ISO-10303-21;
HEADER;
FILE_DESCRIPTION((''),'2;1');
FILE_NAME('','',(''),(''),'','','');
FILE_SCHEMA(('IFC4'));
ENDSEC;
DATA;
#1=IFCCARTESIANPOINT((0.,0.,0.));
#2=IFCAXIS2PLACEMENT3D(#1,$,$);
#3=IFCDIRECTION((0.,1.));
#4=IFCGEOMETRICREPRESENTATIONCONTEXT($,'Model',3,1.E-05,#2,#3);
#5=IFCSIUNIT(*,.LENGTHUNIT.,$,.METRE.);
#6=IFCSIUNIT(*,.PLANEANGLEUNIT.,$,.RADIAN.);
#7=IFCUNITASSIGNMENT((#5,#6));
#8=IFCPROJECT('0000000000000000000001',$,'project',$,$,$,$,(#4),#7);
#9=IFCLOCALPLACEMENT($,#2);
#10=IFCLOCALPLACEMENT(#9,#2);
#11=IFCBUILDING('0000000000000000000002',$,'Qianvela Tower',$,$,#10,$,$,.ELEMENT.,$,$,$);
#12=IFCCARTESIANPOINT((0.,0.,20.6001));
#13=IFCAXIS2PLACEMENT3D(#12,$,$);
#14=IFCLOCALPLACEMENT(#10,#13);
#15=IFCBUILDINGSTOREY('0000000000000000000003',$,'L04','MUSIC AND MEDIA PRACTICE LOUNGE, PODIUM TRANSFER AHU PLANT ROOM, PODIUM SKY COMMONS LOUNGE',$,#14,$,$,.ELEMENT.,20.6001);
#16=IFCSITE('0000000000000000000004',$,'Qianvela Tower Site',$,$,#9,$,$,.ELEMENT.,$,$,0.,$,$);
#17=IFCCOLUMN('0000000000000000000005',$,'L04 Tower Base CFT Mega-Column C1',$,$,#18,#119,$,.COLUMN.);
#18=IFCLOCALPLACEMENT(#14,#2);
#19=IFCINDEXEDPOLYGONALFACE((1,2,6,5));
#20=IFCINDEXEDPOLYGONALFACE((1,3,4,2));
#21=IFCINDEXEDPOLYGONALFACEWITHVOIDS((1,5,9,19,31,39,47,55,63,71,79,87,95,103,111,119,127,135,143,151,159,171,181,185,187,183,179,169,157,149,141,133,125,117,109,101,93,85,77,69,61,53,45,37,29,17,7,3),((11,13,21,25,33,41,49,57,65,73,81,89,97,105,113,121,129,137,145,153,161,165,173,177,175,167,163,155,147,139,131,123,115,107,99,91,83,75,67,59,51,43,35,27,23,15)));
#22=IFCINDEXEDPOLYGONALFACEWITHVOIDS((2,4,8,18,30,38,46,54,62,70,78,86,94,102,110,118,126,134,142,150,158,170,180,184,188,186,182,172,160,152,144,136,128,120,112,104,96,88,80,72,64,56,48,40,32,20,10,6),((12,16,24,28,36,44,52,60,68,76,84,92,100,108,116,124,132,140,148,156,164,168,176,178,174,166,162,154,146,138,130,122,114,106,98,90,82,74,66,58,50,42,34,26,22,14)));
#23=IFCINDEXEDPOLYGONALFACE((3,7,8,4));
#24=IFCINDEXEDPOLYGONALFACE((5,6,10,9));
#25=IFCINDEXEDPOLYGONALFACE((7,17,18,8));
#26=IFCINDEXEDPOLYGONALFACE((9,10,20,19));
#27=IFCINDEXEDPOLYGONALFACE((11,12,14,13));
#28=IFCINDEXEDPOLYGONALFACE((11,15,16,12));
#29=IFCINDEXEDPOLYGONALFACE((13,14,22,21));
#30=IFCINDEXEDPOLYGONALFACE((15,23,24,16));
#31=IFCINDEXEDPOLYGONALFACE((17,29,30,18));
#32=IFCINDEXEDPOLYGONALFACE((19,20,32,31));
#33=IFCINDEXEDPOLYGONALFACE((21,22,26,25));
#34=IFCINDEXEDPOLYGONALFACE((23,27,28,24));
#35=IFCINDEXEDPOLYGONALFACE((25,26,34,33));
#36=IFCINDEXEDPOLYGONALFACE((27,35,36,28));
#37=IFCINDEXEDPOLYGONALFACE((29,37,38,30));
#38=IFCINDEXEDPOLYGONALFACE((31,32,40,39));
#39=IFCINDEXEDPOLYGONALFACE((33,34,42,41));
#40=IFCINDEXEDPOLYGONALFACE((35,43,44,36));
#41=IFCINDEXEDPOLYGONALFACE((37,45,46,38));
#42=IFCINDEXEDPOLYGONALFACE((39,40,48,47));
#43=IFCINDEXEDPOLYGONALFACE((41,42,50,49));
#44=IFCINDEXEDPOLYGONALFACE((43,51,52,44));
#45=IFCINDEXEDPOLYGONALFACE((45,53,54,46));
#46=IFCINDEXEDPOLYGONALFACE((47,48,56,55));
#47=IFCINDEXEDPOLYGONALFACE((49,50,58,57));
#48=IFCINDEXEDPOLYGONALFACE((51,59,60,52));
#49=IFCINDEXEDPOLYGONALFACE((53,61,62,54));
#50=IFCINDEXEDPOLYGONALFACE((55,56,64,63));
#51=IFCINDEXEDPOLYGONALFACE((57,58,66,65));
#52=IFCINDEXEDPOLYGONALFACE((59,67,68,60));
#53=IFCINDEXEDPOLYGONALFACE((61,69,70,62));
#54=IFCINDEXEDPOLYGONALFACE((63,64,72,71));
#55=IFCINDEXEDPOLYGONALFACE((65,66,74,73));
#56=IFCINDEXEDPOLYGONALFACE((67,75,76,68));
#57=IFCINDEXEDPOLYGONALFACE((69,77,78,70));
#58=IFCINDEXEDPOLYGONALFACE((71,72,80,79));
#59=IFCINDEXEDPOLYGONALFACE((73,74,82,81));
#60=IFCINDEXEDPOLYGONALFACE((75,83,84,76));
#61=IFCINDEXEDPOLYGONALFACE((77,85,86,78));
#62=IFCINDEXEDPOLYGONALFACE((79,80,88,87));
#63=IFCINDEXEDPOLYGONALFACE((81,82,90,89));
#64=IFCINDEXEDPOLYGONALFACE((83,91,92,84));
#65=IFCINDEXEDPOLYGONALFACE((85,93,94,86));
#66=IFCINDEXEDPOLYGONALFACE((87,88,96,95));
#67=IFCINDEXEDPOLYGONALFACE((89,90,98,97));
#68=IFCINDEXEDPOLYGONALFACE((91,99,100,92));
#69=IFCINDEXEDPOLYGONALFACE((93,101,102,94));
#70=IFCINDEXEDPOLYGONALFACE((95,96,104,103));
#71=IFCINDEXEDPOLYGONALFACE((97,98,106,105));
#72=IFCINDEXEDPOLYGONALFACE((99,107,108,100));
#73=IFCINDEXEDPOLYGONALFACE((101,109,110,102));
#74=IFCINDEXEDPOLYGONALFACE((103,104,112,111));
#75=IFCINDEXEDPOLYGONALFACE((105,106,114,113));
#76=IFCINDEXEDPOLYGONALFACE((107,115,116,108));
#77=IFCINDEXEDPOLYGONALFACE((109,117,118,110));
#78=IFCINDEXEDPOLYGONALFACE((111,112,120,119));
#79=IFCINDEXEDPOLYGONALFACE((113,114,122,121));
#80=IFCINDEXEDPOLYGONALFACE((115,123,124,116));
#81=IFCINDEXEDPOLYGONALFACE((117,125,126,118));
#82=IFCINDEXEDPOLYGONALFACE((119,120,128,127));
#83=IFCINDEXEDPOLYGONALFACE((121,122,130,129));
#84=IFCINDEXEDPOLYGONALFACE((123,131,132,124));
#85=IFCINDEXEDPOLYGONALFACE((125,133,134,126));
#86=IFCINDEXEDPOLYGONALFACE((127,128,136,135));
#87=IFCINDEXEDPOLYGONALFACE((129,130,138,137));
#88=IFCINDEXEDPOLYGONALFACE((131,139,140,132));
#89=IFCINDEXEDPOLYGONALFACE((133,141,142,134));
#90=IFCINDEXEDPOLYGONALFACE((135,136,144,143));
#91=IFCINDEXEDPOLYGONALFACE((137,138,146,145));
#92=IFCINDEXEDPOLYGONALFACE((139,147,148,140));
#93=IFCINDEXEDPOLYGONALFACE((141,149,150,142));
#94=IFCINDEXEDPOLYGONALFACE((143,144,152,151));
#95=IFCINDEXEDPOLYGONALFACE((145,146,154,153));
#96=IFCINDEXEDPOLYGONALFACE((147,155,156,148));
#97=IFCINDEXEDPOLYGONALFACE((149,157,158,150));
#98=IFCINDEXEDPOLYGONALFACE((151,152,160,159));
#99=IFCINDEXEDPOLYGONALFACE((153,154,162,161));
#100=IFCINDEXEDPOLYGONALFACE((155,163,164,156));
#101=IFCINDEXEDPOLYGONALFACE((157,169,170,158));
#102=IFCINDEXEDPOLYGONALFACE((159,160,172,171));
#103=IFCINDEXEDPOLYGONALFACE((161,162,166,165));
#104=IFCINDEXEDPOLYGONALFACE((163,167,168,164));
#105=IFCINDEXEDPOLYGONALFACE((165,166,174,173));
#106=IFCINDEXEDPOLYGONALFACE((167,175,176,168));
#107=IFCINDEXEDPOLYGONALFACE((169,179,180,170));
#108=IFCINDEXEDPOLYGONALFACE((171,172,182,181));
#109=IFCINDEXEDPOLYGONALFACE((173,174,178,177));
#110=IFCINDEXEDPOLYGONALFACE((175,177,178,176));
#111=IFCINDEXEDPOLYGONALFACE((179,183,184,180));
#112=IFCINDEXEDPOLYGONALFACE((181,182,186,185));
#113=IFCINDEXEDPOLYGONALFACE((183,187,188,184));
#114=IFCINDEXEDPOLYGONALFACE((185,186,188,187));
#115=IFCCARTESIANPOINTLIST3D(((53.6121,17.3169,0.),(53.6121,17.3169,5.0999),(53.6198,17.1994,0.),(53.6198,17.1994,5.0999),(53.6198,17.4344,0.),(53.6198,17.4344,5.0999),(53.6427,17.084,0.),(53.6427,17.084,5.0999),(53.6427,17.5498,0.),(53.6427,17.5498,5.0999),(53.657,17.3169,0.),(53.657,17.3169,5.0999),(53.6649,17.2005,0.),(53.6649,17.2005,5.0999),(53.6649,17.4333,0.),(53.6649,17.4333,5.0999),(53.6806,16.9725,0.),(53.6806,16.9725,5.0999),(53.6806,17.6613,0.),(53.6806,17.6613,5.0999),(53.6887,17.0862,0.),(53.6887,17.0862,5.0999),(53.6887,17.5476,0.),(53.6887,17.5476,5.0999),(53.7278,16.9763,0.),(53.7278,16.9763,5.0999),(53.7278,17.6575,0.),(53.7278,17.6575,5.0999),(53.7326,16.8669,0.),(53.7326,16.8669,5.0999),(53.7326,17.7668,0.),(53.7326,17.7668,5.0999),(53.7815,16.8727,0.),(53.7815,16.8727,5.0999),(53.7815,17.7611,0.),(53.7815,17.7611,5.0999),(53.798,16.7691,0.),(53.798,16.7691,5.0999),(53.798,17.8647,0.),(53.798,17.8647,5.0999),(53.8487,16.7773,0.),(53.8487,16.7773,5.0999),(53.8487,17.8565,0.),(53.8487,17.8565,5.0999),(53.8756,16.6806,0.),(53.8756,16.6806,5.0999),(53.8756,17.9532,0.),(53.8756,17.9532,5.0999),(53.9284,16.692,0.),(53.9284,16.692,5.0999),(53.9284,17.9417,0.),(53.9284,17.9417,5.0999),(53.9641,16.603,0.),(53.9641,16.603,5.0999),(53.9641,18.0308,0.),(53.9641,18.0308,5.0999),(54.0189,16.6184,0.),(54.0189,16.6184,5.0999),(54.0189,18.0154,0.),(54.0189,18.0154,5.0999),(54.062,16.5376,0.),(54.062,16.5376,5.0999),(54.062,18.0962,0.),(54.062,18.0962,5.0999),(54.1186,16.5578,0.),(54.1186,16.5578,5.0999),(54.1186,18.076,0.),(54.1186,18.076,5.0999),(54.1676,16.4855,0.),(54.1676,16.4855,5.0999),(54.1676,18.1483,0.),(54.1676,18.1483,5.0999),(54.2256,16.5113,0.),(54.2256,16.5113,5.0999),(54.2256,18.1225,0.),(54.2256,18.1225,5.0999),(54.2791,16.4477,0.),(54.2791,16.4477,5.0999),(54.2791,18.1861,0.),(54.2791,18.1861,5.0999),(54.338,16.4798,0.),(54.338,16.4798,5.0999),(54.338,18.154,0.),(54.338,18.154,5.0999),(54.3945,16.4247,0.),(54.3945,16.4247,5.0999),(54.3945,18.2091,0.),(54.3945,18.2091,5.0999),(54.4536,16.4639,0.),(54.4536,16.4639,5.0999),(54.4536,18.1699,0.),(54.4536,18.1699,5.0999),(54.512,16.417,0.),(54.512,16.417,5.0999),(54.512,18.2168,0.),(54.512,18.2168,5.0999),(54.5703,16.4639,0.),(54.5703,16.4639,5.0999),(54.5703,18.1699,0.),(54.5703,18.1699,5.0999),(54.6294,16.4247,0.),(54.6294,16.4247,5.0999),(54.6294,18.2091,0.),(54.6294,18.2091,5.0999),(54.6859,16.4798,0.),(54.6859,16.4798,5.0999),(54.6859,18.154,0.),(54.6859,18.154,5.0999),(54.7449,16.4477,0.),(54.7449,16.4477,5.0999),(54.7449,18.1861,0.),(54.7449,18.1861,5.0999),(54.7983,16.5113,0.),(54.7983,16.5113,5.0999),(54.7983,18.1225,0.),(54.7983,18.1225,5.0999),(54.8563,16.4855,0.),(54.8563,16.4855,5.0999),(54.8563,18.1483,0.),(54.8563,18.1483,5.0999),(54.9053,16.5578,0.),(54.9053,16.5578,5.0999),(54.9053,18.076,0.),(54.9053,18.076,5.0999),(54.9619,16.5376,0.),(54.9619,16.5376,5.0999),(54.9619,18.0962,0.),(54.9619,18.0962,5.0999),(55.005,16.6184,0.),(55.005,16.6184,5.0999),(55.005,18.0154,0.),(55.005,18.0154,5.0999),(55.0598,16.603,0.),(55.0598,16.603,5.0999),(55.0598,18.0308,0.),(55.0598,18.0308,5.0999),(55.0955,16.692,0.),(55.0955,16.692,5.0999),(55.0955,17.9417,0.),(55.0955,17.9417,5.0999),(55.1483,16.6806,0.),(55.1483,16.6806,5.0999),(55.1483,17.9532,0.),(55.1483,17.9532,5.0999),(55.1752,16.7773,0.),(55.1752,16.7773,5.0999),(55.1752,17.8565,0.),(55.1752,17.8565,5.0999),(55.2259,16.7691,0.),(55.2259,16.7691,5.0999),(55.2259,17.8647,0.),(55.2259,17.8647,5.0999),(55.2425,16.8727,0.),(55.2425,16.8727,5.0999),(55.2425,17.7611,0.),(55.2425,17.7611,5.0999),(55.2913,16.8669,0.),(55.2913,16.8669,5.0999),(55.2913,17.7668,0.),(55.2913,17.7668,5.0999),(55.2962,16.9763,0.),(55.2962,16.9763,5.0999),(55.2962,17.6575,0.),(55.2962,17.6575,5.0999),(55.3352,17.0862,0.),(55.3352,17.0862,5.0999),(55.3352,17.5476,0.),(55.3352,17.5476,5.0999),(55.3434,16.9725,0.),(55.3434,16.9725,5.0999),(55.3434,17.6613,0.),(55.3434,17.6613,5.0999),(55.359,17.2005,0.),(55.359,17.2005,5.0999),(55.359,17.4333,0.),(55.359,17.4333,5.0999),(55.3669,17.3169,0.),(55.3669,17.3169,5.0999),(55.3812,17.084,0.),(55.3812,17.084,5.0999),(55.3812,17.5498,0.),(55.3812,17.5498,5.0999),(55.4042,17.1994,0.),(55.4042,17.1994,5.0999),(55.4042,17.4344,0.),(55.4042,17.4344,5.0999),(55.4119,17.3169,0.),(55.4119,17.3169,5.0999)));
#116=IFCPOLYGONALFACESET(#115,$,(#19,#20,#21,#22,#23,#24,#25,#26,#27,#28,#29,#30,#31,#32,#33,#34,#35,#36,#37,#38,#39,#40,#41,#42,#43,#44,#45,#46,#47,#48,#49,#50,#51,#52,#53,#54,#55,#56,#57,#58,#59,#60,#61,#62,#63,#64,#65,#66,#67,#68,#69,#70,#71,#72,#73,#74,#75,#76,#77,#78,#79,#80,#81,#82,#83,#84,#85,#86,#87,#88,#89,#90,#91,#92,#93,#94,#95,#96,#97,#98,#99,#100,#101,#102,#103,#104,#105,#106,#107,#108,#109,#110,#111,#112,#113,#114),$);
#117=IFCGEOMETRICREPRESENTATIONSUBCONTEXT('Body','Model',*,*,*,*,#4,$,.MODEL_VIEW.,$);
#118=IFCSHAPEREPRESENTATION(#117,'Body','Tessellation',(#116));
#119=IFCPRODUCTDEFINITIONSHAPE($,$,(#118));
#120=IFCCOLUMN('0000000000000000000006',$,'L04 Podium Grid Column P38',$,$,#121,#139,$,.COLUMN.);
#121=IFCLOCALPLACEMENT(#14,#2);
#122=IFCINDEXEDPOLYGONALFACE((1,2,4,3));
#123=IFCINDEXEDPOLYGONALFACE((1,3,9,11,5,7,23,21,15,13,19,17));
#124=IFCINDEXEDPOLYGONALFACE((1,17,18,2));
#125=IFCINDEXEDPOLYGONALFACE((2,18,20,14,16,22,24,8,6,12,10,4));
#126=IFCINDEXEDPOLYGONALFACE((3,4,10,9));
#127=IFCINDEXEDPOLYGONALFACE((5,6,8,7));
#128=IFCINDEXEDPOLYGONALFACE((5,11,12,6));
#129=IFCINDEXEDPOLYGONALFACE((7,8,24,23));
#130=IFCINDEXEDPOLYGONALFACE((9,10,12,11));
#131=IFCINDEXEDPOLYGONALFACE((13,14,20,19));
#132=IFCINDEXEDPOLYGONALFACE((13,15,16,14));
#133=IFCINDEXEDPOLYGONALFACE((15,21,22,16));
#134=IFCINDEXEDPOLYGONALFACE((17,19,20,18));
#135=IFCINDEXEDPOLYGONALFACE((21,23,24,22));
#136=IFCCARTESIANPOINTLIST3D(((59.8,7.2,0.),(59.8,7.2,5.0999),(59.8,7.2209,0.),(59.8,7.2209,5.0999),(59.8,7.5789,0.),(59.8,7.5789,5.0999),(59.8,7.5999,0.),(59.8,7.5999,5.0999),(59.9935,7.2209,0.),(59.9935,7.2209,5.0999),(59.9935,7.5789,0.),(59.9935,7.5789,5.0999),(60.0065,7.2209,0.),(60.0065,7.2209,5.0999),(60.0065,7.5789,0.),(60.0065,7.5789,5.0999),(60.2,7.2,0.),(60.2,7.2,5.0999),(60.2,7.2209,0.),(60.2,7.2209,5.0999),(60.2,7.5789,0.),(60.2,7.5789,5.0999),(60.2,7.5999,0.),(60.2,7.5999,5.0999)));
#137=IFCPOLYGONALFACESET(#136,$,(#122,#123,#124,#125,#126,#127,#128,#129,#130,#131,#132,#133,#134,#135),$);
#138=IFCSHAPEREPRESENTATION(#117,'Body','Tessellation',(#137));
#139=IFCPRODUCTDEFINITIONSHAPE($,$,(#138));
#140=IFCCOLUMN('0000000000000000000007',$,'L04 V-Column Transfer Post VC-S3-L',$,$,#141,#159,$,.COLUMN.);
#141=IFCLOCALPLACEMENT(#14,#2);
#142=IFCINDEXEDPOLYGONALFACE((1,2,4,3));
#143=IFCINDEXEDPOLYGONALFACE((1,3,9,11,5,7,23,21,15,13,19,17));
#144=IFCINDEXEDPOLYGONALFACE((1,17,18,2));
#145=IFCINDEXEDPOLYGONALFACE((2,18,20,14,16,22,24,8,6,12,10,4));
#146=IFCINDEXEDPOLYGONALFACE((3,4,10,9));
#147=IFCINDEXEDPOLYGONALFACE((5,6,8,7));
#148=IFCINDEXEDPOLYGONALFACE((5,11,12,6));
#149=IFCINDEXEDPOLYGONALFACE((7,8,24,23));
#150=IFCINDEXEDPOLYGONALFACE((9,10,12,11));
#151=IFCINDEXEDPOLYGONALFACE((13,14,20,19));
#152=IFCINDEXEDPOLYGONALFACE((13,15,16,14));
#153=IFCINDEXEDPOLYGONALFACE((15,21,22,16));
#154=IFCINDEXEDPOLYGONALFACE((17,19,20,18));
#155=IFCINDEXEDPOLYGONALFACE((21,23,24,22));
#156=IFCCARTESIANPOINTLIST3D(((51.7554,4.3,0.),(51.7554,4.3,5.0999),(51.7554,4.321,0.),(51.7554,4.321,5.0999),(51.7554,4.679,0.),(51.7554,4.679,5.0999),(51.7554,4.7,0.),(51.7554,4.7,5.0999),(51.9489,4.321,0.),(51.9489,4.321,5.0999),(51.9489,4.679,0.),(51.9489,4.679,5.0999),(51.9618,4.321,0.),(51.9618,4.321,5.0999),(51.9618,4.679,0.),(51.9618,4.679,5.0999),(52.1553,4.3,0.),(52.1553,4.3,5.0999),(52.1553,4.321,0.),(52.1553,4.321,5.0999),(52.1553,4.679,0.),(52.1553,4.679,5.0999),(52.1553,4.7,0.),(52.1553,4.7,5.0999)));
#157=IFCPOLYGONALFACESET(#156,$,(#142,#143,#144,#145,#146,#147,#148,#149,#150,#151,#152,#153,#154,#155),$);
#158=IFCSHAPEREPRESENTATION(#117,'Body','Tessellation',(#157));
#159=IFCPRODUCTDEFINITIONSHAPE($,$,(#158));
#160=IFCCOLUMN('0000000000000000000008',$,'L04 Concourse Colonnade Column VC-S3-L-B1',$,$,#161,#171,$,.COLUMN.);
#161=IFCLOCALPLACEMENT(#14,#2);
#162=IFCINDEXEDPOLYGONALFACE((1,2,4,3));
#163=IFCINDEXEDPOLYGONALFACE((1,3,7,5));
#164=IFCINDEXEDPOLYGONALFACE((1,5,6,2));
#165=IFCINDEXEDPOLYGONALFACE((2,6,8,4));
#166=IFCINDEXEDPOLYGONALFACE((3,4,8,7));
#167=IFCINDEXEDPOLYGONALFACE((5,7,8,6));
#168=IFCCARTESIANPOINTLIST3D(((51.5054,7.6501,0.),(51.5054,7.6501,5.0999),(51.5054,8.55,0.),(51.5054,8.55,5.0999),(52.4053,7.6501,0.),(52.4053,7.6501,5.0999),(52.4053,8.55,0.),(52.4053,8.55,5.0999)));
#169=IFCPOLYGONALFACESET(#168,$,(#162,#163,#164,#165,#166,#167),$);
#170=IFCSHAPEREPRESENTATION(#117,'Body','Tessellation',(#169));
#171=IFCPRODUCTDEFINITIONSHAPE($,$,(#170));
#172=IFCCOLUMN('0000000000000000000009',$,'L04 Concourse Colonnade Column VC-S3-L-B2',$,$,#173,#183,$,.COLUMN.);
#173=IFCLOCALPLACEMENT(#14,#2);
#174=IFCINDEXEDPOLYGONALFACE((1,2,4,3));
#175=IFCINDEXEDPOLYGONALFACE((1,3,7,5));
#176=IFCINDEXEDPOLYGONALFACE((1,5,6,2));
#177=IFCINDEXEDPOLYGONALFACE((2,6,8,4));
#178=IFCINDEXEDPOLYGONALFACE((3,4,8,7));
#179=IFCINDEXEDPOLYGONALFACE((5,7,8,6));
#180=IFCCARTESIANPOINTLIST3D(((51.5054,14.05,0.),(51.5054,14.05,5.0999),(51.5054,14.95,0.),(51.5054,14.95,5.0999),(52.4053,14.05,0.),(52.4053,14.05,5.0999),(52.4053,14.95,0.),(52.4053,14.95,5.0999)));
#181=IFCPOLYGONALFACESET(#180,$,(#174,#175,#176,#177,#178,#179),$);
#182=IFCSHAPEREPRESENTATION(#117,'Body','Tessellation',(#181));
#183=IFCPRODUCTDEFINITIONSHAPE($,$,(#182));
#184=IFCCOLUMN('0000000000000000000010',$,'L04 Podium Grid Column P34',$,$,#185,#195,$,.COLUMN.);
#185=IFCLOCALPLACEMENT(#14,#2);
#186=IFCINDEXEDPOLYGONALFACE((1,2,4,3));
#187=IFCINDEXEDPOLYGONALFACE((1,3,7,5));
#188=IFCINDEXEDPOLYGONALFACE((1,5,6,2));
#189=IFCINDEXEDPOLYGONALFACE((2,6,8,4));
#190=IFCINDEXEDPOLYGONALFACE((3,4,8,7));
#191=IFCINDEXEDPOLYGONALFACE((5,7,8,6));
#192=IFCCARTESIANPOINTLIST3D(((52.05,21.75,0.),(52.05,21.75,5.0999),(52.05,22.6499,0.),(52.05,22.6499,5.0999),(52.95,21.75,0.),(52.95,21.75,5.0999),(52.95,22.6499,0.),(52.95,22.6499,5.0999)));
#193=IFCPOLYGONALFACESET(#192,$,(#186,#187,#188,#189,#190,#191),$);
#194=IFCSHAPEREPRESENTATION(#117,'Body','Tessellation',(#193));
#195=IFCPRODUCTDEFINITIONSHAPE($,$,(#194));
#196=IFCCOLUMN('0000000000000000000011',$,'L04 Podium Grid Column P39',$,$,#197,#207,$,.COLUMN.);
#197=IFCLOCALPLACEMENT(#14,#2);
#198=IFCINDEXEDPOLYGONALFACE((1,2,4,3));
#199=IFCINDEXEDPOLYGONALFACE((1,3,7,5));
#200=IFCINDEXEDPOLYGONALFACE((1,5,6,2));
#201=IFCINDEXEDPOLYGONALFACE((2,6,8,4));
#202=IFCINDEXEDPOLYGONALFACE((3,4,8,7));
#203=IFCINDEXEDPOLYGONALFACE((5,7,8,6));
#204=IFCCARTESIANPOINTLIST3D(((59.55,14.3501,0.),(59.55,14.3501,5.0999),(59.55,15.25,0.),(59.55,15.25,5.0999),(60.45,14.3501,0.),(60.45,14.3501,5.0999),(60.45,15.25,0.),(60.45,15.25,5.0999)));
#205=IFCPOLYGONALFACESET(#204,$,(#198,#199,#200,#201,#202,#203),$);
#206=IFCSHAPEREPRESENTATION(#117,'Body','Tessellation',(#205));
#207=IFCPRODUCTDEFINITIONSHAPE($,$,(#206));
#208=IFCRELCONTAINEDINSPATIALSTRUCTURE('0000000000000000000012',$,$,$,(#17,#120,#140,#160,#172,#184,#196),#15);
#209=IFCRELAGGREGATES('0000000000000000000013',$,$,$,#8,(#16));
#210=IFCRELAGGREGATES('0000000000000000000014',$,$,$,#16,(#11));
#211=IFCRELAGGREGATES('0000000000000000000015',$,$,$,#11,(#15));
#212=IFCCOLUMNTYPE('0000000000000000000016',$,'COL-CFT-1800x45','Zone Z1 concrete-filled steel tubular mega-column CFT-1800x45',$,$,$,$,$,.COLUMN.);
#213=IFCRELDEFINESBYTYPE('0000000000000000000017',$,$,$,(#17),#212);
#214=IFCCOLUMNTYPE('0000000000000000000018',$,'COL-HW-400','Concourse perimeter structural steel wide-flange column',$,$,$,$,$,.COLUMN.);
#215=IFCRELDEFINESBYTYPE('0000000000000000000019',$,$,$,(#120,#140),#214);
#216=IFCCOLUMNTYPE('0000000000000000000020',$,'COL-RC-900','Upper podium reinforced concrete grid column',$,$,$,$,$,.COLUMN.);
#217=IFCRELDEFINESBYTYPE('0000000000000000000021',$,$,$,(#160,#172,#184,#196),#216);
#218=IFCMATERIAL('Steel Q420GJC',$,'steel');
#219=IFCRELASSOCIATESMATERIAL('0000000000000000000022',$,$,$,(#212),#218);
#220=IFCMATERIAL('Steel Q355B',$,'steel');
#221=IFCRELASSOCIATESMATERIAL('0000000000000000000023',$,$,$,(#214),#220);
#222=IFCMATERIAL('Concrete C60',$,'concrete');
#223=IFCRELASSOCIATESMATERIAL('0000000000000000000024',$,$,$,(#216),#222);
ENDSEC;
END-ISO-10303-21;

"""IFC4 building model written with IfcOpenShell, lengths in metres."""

from ifc_helpers import new_model, si_unit, direction, frame, origin, origin_2d, place, context, subcontext, project, spatial, rectangle, hollow_circle, i_section, extrude, material, material_profile, profile_set, type_object, element, save


model = new_model("IFC4")

# Units and contexts
model_context = context("Model", 3, precision=1e-05, world=origin(), true_north=direction((0.0, 1.0)))
body_context = subcontext(model_context, "Body", "Model", "MODEL_VIEW")
ifc_project = project(units=[si_unit("LENGTHUNIT", "METRE"), si_unit("PLANEANGLEUNIT", "RADIAN")], contexts=[model_context])

# Site, building, storey
site_placement = place(None, origin())
site = spatial("IfcSite", under=ifc_project, at=site_placement, Name="Qianvela Tower Site", CompositionType="ELEMENT", RefElevation=0.0)
building_placement = place(site_placement, origin())
building = spatial("IfcBuilding", under=site, at=building_placement, Name="Qianvela Tower", CompositionType="ELEMENT")
storey_placement = place(building_placement, frame((0.0, 0.0, 20.6001)))
storey = spatial("IfcBuildingStorey", under=building, at=storey_placement, Name="L04", Description="MUSIC AND MEDIA PRACTICE LOUNGE, PODIUM TRANSFER AHU PLANT ROOM, PODIUM SKY COMMONS LOUNGE", CompositionType="ELEMENT", Elevation=20.6001)

# Columns
ifc_material_1 = material(Name="Steel Q420GJC", Category="steel")
ifc_material_profile_1 = material_profile(ifc_material_1, hollow_circle(Radius=0.8999, WallThickness=0.0449, at=origin_2d()), Name="CFT-1800x45")
ifc_profile_set_1 = profile_set([ifc_material_profile_1], Name="Steel Q420GJC")
column_type_1 = type_object("IfcColumnType", Name="COL-CFT-1800x45", Description="Zone Z1 concrete-filled steel tubular mega-column CFT-1800x45", PredefinedType="COLUMN", material=ifc_profile_set_1)
column_placement = place(storey_placement, frame((54.512, 17.3169, 0.0), z_axis=(0.0, 0.0, 1.0), x_axis=(1.0, 0.0, 0.0)))
element("IfcColumn", 1, at=column_placement, inside=storey, type_object=column_type_1, Name="L04 Tower Base CFT Mega-Column C1", PredefinedType="COLUMN", context=body_context, shape_type="SweptSolid", body=[
    extrude(hollow_circle(Radius=0.8999, WallThickness=0.0449, at=origin_2d()), origin(), (0.0, 0.0, 1.0), 5.0999),
])
ifc_material_2 = material(Name="Steel Q355B", Category="steel")
ifc_material_profile_2 = material_profile(ifc_material_2, i_section(OverallWidth=0.3999, OverallDepth=0.3999, WebThickness=0.0129, FlangeThickness=0.021, at=origin_2d()), Name="HW400x400x13x21")
ifc_profile_set_2 = profile_set([ifc_material_profile_2], Name="Steel Q355B")
column_type_2 = type_object("IfcColumnType", Name="COL-HW-400", Description="Concourse perimeter structural steel wide-flange column", PredefinedType="COLUMN", material=ifc_profile_set_2)
for number, where, z_axis, x_axis, name in (
    (2, (60.0, 7.3999, 0.0), (0.0, 0.0, 1.0), (1.0, 0.0, 0.0), "L04 Podium Grid Column P38"),
    (3, (51.9553, 4.5, 0.0), (0.0, 0.0, 1.0), (1.0, 0.0, 0.0), "L04 V-Column Transfer Post VC-S3-L"),
):
    element("IfcColumn", number, at=place(storey_placement, frame(where, z_axis=z_axis, x_axis=x_axis)), inside=storey, type_object=column_type_2, Name=name, PredefinedType="COLUMN", context=body_context, shape_type="SweptSolid", body=[
        extrude(i_section(OverallWidth=0.3999, OverallDepth=0.3999, WebThickness=0.0129, FlangeThickness=0.021, at=origin_2d()), origin(), (0.0, 0.0, 1.0), 5.0999),
    ])
ifc_material_3 = material(Name="Concrete C60", Category="concrete")
ifc_material_profile_3 = material_profile(ifc_material_3, rectangle(XDim=0.8999, YDim=0.8999, at=origin_2d()), Name="RC-COL-900x900")
ifc_profile_set_3 = profile_set([ifc_material_profile_3], Name="Concrete C60")
column_type_3 = type_object("IfcColumnType", Name="COL-RC-900", Description="Upper podium reinforced concrete grid column", PredefinedType="COLUMN", material=ifc_profile_set_3)
for number, where, z_axis, x_axis, name in (
    (4, (51.9553, 8.1001, 0.0), (0.0, 0.0, 1.0), (1.0, 0.0, 0.0), "L04 Concourse Colonnade Column VC-S3-L-B1"),
    (5, (51.9553, 14.5, 0.0), (0.0, 0.0, 1.0), (1.0, 0.0, 0.0), "L04 Concourse Colonnade Column VC-S3-L-B2"),
    (6, (52.5, 22.2, 0.0), (0.0, 0.0, 1.0), (1.0, 0.0, 0.0), "L04 Podium Grid Column P34"),
    (7, (60.0, 14.8, 0.0), (0.0, 0.0, 1.0), (1.0, 0.0, 0.0), "L04 Podium Grid Column P39"),
):
    element("IfcColumn", number, at=place(storey_placement, frame(where, z_axis=z_axis, x_axis=x_axis)), inside=storey, type_object=column_type_3, Name=name, PredefinedType="COLUMN", context=body_context, shape_type="SweptSolid", body=[
        extrude(rectangle(XDim=0.8999, YDim=0.8999, at=origin_2d()), origin(), (0.0, 0.0, 1.0), 5.0999),
    ])

save(model, "model.ifc")
